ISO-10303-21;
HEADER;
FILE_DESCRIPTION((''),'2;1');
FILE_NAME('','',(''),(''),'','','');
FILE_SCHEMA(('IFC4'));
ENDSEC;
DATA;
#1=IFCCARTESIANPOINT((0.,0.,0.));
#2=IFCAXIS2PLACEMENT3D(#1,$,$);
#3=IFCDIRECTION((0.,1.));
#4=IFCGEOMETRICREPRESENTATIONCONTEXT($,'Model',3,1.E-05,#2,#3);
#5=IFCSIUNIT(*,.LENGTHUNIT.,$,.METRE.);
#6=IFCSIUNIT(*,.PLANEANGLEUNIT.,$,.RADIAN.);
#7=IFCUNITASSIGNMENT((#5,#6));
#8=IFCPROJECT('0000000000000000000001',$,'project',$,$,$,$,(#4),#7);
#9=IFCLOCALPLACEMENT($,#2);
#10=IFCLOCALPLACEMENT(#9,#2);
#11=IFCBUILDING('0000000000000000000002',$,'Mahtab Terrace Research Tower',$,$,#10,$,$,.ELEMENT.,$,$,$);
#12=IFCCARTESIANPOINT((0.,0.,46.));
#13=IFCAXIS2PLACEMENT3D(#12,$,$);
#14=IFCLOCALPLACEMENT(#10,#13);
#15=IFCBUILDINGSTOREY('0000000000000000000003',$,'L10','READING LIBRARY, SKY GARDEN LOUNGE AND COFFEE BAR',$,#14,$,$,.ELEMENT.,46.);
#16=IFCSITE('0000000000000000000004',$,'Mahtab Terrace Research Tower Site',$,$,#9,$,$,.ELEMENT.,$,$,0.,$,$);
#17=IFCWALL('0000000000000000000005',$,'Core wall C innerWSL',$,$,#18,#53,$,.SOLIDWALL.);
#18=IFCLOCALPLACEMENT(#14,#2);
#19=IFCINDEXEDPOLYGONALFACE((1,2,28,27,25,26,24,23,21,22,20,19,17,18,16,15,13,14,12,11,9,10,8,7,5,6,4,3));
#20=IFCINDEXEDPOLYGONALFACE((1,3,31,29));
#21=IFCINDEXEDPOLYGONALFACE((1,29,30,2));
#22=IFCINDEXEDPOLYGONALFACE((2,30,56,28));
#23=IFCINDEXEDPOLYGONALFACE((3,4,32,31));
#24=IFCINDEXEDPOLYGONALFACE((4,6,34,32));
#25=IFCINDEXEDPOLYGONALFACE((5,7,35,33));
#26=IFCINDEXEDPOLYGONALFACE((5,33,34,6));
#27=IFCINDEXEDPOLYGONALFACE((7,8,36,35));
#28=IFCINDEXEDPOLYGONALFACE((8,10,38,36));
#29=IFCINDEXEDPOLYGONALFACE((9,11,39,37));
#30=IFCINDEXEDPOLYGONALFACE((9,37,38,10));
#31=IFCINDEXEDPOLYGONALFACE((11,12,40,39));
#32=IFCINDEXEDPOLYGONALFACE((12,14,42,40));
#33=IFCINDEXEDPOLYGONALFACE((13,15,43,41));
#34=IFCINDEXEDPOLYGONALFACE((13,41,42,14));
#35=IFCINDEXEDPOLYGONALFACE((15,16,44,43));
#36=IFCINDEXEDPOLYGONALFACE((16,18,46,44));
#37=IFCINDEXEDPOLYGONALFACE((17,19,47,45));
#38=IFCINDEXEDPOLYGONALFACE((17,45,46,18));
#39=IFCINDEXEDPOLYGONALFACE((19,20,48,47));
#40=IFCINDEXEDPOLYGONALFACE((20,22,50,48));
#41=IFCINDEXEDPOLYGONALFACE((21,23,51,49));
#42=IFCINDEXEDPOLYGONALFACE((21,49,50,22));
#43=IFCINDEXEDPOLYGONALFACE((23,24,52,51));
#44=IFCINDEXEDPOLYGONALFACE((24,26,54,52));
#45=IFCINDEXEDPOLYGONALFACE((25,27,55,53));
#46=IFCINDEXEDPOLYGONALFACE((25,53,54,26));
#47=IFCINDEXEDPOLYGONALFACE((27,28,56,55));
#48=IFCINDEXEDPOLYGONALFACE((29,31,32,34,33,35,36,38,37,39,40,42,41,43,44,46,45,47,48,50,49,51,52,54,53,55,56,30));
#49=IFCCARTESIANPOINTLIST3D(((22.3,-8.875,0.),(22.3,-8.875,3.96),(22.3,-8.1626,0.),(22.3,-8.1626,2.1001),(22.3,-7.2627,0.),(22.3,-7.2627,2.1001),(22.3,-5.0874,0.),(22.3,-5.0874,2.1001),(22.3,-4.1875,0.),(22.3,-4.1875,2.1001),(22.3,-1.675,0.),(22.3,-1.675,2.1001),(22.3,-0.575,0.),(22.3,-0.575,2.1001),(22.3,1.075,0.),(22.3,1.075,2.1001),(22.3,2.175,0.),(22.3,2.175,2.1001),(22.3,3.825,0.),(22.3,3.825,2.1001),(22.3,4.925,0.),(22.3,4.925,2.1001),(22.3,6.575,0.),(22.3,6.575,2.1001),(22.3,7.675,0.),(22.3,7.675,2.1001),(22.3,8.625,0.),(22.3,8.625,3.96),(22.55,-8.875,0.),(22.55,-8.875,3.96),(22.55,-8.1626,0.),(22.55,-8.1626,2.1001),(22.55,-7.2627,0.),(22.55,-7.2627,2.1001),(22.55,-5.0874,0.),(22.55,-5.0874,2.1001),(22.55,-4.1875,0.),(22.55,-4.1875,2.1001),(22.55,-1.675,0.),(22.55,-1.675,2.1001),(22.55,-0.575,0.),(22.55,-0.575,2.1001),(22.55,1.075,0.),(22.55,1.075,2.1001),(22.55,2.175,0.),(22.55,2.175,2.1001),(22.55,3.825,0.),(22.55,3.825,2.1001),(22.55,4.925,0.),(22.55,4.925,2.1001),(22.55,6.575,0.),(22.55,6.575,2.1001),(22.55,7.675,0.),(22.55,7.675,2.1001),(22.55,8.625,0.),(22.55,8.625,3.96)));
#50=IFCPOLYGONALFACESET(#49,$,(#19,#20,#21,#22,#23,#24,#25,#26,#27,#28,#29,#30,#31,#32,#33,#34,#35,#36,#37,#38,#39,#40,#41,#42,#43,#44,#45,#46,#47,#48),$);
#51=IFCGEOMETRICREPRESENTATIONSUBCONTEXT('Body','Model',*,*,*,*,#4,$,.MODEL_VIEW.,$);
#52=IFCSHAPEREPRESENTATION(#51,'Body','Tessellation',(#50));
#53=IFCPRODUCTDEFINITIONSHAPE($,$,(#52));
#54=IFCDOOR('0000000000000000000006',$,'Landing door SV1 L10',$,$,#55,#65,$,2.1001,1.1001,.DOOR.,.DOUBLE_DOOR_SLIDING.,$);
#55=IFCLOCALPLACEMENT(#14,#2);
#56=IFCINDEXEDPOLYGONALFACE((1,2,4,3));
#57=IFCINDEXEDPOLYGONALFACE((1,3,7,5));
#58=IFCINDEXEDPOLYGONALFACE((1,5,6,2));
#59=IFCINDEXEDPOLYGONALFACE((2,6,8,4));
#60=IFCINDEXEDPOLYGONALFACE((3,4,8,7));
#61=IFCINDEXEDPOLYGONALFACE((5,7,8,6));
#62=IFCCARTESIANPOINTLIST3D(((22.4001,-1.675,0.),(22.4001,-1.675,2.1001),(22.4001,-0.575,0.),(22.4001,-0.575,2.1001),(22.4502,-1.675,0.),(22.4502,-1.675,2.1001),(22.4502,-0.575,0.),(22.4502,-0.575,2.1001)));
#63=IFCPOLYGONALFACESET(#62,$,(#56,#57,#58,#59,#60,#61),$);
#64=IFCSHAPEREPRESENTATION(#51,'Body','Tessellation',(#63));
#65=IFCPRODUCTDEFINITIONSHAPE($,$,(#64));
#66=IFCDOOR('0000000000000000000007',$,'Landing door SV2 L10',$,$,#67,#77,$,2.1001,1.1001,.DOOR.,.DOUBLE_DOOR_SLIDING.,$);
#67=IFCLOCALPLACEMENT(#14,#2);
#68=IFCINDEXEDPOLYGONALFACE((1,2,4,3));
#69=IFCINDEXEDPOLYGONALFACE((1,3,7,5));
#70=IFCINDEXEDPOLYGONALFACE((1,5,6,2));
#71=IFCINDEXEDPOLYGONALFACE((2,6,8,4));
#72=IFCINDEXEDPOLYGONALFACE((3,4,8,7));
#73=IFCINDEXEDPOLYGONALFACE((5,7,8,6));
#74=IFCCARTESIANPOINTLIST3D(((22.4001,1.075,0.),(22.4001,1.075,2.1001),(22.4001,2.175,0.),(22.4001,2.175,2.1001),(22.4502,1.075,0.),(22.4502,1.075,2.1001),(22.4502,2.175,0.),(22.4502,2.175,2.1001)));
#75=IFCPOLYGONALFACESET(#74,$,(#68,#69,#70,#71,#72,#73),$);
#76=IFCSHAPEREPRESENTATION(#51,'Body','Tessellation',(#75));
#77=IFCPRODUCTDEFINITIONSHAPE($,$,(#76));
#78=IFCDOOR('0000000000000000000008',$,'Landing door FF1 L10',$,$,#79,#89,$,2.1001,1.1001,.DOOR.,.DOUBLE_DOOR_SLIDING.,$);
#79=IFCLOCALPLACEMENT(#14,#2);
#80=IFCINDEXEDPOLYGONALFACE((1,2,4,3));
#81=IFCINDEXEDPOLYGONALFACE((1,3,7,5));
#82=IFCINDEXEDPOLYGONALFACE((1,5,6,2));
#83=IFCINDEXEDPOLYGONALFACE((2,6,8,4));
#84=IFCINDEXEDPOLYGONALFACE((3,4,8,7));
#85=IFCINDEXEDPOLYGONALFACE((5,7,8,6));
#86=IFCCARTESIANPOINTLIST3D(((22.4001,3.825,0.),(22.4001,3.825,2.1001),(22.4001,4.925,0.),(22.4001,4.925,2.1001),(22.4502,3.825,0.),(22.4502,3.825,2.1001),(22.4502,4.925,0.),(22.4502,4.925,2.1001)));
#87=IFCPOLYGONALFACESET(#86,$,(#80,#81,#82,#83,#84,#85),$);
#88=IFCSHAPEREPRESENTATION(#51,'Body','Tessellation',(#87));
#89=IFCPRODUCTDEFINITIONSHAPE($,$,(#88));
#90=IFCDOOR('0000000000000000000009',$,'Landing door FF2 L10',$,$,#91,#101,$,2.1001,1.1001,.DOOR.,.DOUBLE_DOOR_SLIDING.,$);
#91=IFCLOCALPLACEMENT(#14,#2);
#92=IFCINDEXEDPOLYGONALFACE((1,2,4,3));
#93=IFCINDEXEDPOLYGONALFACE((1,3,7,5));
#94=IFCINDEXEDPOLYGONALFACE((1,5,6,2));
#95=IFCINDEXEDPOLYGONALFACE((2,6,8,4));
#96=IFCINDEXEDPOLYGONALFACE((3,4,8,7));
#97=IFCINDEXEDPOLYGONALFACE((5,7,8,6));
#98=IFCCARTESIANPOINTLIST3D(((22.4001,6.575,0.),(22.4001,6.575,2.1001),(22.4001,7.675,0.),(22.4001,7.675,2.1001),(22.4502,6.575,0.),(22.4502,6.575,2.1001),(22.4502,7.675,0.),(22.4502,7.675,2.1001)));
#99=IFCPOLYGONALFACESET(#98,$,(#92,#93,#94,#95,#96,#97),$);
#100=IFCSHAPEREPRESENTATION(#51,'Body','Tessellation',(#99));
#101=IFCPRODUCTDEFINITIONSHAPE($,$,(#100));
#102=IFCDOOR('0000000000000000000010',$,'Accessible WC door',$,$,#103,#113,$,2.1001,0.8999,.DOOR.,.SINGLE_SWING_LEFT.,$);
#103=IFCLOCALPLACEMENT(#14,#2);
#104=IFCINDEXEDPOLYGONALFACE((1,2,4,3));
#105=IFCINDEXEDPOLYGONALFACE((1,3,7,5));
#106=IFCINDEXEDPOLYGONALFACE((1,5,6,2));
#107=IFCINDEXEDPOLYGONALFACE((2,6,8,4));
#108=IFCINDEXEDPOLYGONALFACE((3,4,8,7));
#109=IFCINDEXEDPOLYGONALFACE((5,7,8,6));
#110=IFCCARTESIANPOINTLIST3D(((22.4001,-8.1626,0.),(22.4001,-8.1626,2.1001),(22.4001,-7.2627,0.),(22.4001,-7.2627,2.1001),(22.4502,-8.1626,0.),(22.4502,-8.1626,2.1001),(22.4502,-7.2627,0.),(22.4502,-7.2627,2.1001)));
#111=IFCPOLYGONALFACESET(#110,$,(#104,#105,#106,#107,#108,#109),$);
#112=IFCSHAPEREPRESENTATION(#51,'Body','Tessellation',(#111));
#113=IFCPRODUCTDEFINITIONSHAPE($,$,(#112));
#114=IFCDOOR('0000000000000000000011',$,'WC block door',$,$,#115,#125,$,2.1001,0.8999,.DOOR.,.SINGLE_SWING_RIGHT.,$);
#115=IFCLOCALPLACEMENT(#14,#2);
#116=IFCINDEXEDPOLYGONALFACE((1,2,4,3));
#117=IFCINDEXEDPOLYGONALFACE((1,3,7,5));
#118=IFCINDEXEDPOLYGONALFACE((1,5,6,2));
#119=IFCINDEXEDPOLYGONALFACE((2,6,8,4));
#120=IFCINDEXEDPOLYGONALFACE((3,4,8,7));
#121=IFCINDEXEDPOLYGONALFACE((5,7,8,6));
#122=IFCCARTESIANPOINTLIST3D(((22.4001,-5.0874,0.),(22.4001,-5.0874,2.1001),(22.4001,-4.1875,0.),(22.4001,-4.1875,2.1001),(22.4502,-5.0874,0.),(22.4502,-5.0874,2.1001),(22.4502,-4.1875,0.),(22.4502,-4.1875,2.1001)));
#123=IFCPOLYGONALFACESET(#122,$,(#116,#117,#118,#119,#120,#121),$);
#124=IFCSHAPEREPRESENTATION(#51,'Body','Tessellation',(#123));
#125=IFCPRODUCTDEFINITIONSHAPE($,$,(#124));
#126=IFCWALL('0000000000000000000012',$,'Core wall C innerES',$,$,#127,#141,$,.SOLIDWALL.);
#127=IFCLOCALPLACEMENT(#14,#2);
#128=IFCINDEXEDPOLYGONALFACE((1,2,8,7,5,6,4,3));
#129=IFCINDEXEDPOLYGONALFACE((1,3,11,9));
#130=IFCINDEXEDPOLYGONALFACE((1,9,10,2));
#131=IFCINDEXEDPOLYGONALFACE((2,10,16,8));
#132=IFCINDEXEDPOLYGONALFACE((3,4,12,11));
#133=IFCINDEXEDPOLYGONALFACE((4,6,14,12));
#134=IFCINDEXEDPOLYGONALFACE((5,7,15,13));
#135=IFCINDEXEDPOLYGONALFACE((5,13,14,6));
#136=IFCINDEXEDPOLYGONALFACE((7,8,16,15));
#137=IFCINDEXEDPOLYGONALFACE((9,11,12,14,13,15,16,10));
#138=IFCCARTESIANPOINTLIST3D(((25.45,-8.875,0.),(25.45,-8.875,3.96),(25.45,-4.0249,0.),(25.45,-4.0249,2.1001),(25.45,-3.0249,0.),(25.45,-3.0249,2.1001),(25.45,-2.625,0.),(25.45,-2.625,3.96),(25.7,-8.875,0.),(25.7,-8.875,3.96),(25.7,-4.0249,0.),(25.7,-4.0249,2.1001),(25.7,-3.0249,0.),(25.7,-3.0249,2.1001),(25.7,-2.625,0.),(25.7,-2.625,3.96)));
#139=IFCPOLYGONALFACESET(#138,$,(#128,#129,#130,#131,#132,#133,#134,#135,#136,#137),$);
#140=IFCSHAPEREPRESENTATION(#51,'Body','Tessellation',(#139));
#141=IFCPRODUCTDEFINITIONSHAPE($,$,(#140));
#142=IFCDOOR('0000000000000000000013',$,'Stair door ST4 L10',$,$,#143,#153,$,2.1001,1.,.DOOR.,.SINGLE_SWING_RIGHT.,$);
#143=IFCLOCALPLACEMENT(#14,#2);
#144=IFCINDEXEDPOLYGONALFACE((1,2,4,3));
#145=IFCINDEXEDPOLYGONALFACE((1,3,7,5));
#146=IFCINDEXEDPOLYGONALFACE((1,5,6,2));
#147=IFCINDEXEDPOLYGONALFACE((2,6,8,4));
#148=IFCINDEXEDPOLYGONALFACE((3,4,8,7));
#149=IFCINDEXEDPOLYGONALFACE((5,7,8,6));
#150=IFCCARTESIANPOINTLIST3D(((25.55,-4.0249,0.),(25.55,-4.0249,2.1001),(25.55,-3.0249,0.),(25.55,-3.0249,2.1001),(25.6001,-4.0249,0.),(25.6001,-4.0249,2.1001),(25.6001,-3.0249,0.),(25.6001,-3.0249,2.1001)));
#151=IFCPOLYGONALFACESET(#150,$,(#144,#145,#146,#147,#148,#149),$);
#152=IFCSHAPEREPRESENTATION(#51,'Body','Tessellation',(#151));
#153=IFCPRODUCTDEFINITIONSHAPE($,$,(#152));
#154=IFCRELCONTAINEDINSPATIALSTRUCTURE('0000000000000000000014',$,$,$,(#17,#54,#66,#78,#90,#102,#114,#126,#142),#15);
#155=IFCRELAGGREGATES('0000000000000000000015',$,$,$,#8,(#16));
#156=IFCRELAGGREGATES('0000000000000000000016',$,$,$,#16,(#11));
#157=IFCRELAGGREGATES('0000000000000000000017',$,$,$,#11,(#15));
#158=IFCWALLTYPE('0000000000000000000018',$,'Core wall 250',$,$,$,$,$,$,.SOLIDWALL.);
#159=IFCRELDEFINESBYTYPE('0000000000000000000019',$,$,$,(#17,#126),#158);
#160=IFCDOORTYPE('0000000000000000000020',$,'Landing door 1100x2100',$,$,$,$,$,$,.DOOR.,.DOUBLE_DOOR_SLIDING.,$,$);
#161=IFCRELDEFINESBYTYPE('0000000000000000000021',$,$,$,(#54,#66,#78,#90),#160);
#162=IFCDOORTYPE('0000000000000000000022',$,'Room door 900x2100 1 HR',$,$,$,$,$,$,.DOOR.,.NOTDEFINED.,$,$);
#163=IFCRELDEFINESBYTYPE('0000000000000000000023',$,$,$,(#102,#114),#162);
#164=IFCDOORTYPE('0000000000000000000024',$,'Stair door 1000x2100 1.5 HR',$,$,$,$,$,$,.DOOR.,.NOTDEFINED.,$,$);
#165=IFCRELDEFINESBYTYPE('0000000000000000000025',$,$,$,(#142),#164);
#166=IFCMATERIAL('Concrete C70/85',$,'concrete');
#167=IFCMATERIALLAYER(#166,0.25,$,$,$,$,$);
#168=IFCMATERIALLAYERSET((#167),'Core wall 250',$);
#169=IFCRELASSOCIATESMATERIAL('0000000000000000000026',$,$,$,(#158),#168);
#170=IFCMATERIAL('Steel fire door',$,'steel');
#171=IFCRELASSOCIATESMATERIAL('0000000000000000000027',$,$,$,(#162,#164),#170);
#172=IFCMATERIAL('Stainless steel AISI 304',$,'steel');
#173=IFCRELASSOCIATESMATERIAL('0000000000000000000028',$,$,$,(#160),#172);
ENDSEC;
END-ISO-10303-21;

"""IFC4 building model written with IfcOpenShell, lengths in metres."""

from ifc_helpers import new_model, si_unit, direction, frame, frame_2d, origin, place, context, subcontext, project, spatial, rectangle, extrude, material, layer, layer_set, type_object, element, fill, save


model = new_model("IFC4")

# Units and contexts
model_context = context("Model", 3, precision=1e-05, world=origin(), true_north=direction((0.0, 1.0)))
body_context = subcontext(model_context, "Body", "Model", "MODEL_VIEW")
ifc_project = project(units=[si_unit("LENGTHUNIT", "METRE"), si_unit("PLANEANGLEUNIT", "RADIAN")], contexts=[model_context])

# Site, building, storey
site_placement = place(None, origin())
site = spatial("IfcSite", under=ifc_project, at=site_placement, Name="Mahtab Terrace Research Tower Site", CompositionType="ELEMENT", RefElevation=0.0)
building_placement = place(site_placement, origin())
building = spatial("IfcBuilding", under=site, at=building_placement, Name="Mahtab Terrace Research Tower", CompositionType="ELEMENT")
storey_placement = place(building_placement, frame((0.0, 0.0, 46.0)))
storey = spatial("IfcBuildingStorey", under=building, at=storey_placement, Name="L10", Description="READING LIBRARY, SKY GARDEN LOUNGE AND COFFEE BAR", CompositionType="ELEMENT", Elevation=46.0)

# Shared definitions
ifc_material_1 = material(Name="Concrete C70/85", Category="concrete")

# Shared definitions
ifc_layer_1 = layer(ifc_material_1, 0.25)
ifc_layer_set_1 = layer_set([ifc_layer_1], Name="Core wall 250")
wall_type_1 = type_object("IfcWallType", Name="Core wall 250", PredefinedType="SOLIDWALL", material=ifc_layer_set_1)
ifc_material_2 = material(Name="Steel fire door", Category="steel")
door_type_1 = type_object("IfcDoorType", Name="Room door 900x2100 1 HR", OperationType="NOTDEFINED", PredefinedType="DOOR", material=ifc_material_2)

# Wall, openings, doors
wall_1_placement = place(storey_placement, frame((22.425, -8.875, 0.0), z_axis=(0.0, 0.0, 1.0), x_axis=(0.0, 1.0, 0.0)))
wall_1 = element("IfcWall", 1, at=wall_1_placement, inside=storey, type_object=wall_type_1, Name="Core wall C innerWSL", PredefinedType="SOLIDWALL", context=body_context, shape_type="SweptSolid", body=[
    extrude(rectangle(XDim=17.5, YDim=0.25, at=frame_2d((8.75, 0.0))), origin(), (0.0, 0.0, 1.0), 3.96),
])
opening_1_placement = place(wall_1_placement, frame((7.2, 0.0, 0.0)))
opening_1 = element("IfcOpeningElement", 2, at=opening_1_placement, cuts=wall_1, PredefinedType="OPENING", context=body_context, shape_type="SweptSolid", body=[
    extrude(rectangle(XDim=1.1001, YDim=2.1001, at=frame_2d((0.55, 1.05))), frame((0.0, 0.135, 0.0), z_axis=(0.0, -1.0, 0.0), x_axis=(1.0, 0.0, 0.0)), (0.0, 0.0, 1.0), 0.27),
])
opening_2_placement = place(wall_1_placement, frame((9.95, 0.0, 0.0)))
opening_2 = element("IfcOpeningElement", 3, at=opening_2_placement, cuts=wall_1, PredefinedType="OPENING", context=body_context, shape_type="SweptSolid", body=[
    extrude(rectangle(XDim=1.1001, YDim=2.1001, at=frame_2d((0.55, 1.05))), frame((0.0, 0.135, 0.0), z_axis=(0.0, -1.0, 0.0), x_axis=(1.0, 0.0, 0.0)), (0.0, 0.0, 1.0), 0.27),
])
opening_3_placement = place(wall_1_placement, frame((12.7, 0.0, 0.0)))
opening_3 = element("IfcOpeningElement", 4, at=opening_3_placement, cuts=wall_1, PredefinedType="OPENING", context=body_context, shape_type="SweptSolid", body=[
    extrude(rectangle(XDim=1.1001, YDim=2.1001, at=frame_2d((0.55, 1.05))), frame((0.0, 0.135, 0.0), z_axis=(0.0, -1.0, 0.0), x_axis=(1.0, 0.0, 0.0)), (0.0, 0.0, 1.0), 0.27),
])
opening_4_placement = place(wall_1_placement, frame((15.45, 0.0, 0.0)))
opening_4 = element("IfcOpeningElement", 5, at=opening_4_placement, cuts=wall_1, PredefinedType="OPENING", context=body_context, shape_type="SweptSolid", body=[
    extrude(rectangle(XDim=1.1001, YDim=2.1001, at=frame_2d((0.55, 1.05))), frame((0.0, 0.135, 0.0), z_axis=(0.0, -1.0, 0.0), x_axis=(1.0, 0.0, 0.0)), (0.0, 0.0, 1.0), 0.27),
])
opening_5_placement = place(wall_1_placement, frame((0.7124, 0.0, 0.0)))
opening_5 = element("IfcOpeningElement", 6, at=opening_5_placement, cuts=wall_1, PredefinedType="OPENING", context=body_context, shape_type="SweptSolid", body=[
    extrude(rectangle(XDim=0.8999, YDim=2.1001, at=frame_2d((0.45, 1.05))), frame((0.0, 0.135, 0.0), z_axis=(0.0, -1.0, 0.0), x_axis=(1.0, 0.0, 0.0)), (0.0, 0.0, 1.0), 0.27),
])
opening_6_placement = place(wall_1_placement, frame((3.7876, 0.0, 0.0)))
opening_6 = element("IfcOpeningElement", 7, at=opening_6_placement, cuts=wall_1, PredefinedType="OPENING", context=body_context, shape_type="SweptSolid", body=[
    extrude(rectangle(XDim=0.8999, YDim=2.1001, at=frame_2d((0.45, 1.05))), frame((0.0, 0.135, 0.0), z_axis=(0.0, -1.0, 0.0), x_axis=(1.0, 0.0, 0.0)), (0.0, 0.0, 1.0), 0.27),
])
ifc_material_3 = material(Name="Stainless steel AISI 304", Category="steel")
door_type_2 = type_object("IfcDoorType", Name="Landing door 1100x2100", OperationType="DOUBLE_DOOR_SLIDING", PredefinedType="DOOR", material=ifc_material_3)
door_1_placement = place(opening_1_placement, origin())
door_1 = element("IfcDoor", 8, at=door_1_placement, inside=storey, type_object=door_type_2, Name="Landing door SV1 L10", OperationType="DOUBLE_DOOR_SLIDING", OverallHeight=2.1001, OverallWidth=1.1001, PredefinedType="DOOR", context=body_context, shape_type="SweptSolid", body=[
    extrude(rectangle(XDim=1.1001, YDim=2.1001, at=frame_2d((0.55, 1.05))), frame((0.0, 0.0249, 0.0), z_axis=(0.0, -1.0, 0.0), x_axis=(1.0, 0.0, 0.0)), (0.0, 0.0, 1.0), 0.05),
])
fill(opening_1, door_1)
door_2_placement = place(opening_2_placement, origin())
door_2 = element("IfcDoor", 9, at=door_2_placement, inside=storey, type_object=door_type_2, Name="Landing door SV2 L10", OperationType="DOUBLE_DOOR_SLIDING", OverallHeight=2.1001, OverallWidth=1.1001, PredefinedType="DOOR", context=body_context, shape_type="SweptSolid", body=[
    extrude(rectangle(XDim=1.1001, YDim=2.1001, at=frame_2d((0.55, 1.05))), frame((0.0, 0.0249, 0.0), z_axis=(0.0, -1.0, 0.0), x_axis=(1.0, 0.0, 0.0)), (0.0, 0.0, 1.0), 0.05),
])
fill(opening_2, door_2)
door_3_placement = place(opening_3_placement, origin())
door_3 = element("IfcDoor", 10, at=door_3_placement, inside=storey, type_object=door_type_2, Name="Landing door FF1 L10", OperationType="DOUBLE_DOOR_SLIDING", OverallHeight=2.1001, OverallWidth=1.1001, PredefinedType="DOOR", context=body_context, shape_type="SweptSolid", body=[
    extrude(rectangle(XDim=1.1001, YDim=2.1001, at=frame_2d((0.55, 1.05))), frame((0.0, 0.0249, 0.0), z_axis=(0.0, -1.0, 0.0), x_axis=(1.0, 0.0, 0.0)), (0.0, 0.0, 1.0), 0.05),
])
fill(opening_3, door_3)
door_4_placement = place(opening_4_placement, origin())
door_4 = element("IfcDoor", 11, at=door_4_placement, inside=storey, type_object=door_type_2, Name="Landing door FF2 L10", OperationType="DOUBLE_DOOR_SLIDING", OverallHeight=2.1001, OverallWidth=1.1001, PredefinedType="DOOR", context=body_context, shape_type="SweptSolid", body=[
    extrude(rectangle(XDim=1.1001, YDim=2.1001, at=frame_2d((0.55, 1.05))), frame((0.0, 0.0249, 0.0), z_axis=(0.0, -1.0, 0.0), x_axis=(1.0, 0.0, 0.0)), (0.0, 0.0, 1.0), 0.05),
])
fill(opening_4, door_4)
door_5_placement = place(opening_5_placement, origin())
door_5 = element("IfcDoor", 12, at=door_5_placement, inside=storey, type_object=door_type_1, Name="Accessible WC door", OperationType="SINGLE_SWING_LEFT", OverallHeight=2.1001, OverallWidth=0.8999, PredefinedType="DOOR", context=body_context, shape_type="SweptSolid", body=[
    extrude(rectangle(XDim=0.8999, YDim=2.1001, at=frame_2d((0.45, 1.05))), frame((0.0, 0.0249, 0.0), z_axis=(0.0, -1.0, 0.0), x_axis=(1.0, 0.0, 0.0)), (0.0, 0.0, 1.0), 0.05),
])
fill(opening_5, door_5)
door_6_placement = place(opening_6_placement, origin())
door_6 = element("IfcDoor", 13, at=door_6_placement, inside=storey, type_object=door_type_1, Name="WC block door", OperationType="SINGLE_SWING_RIGHT", OverallHeight=2.1001, OverallWidth=0.8999, PredefinedType="DOOR", context=body_context, shape_type="SweptSolid", body=[
    extrude(rectangle(XDim=0.8999, YDim=2.1001, at=frame_2d((0.45, 1.05))), frame((0.0, 0.0249, 0.0), z_axis=(0.0, -1.0, 0.0), x_axis=(1.0, 0.0, 0.0)), (0.0, 0.0, 1.0), 0.05),
])
fill(opening_6, door_6)

# Wall, opening, door
wall_2_placement = place(storey_placement, frame((25.575, -8.875, 0.0), z_axis=(0.0, 0.0, 1.0), x_axis=(0.0, 1.0, 0.0)))
wall_2 = element("IfcWall", 14, at=wall_2_placement, inside=storey, type_object=wall_type_1, Name="Core wall C innerES", PredefinedType="SOLIDWALL", context=body_context, shape_type="SweptSolid", body=[
    extrude(rectangle(XDim=6.25, YDim=0.25, at=frame_2d((3.125, 0.0))), origin(), (0.0, 0.0, 1.0), 3.96),
])
opening_7_placement = place(wall_2_placement, frame((4.8501, 0.0, 0.0)))
opening_7 = element("IfcOpeningElement", 15, at=opening_7_placement, cuts=wall_2, PredefinedType="OPENING", context=body_context, shape_type="SweptSolid", body=[
    extrude(rectangle(XDim=1.0, YDim=2.1001, at=frame_2d((0.5, 1.05))), frame((0.0, 0.135, 0.0), z_axis=(0.0, -1.0, 0.0), x_axis=(1.0, 0.0, 0.0)), (0.0, 0.0, 1.0), 0.27),
])
door_type_3 = type_object("IfcDoorType", Name="Stair door 1000x2100 1.5 HR", OperationType="NOTDEFINED", PredefinedType="DOOR", material=ifc_material_2)
door_7_placement = place(opening_7_placement, origin())
door_7 = element("IfcDoor", 16, at=door_7_placement, inside=storey, type_object=door_type_3, Name="Stair door ST4 L10", OperationType="SINGLE_SWING_RIGHT", OverallHeight=2.1001, OverallWidth=1.0, PredefinedType="DOOR", context=body_context, shape_type="SweptSolid", body=[
    extrude(rectangle(XDim=1.0, YDim=2.1001, at=frame_2d((0.5, 1.05))), frame((0.0, 0.0249, 0.0), z_axis=(0.0, -1.0, 0.0), x_axis=(1.0, 0.0, 0.0)), (0.0, 0.0, 1.0), 0.05),
])
fill(opening_7, door_7)

save(model, "model.ifc")
